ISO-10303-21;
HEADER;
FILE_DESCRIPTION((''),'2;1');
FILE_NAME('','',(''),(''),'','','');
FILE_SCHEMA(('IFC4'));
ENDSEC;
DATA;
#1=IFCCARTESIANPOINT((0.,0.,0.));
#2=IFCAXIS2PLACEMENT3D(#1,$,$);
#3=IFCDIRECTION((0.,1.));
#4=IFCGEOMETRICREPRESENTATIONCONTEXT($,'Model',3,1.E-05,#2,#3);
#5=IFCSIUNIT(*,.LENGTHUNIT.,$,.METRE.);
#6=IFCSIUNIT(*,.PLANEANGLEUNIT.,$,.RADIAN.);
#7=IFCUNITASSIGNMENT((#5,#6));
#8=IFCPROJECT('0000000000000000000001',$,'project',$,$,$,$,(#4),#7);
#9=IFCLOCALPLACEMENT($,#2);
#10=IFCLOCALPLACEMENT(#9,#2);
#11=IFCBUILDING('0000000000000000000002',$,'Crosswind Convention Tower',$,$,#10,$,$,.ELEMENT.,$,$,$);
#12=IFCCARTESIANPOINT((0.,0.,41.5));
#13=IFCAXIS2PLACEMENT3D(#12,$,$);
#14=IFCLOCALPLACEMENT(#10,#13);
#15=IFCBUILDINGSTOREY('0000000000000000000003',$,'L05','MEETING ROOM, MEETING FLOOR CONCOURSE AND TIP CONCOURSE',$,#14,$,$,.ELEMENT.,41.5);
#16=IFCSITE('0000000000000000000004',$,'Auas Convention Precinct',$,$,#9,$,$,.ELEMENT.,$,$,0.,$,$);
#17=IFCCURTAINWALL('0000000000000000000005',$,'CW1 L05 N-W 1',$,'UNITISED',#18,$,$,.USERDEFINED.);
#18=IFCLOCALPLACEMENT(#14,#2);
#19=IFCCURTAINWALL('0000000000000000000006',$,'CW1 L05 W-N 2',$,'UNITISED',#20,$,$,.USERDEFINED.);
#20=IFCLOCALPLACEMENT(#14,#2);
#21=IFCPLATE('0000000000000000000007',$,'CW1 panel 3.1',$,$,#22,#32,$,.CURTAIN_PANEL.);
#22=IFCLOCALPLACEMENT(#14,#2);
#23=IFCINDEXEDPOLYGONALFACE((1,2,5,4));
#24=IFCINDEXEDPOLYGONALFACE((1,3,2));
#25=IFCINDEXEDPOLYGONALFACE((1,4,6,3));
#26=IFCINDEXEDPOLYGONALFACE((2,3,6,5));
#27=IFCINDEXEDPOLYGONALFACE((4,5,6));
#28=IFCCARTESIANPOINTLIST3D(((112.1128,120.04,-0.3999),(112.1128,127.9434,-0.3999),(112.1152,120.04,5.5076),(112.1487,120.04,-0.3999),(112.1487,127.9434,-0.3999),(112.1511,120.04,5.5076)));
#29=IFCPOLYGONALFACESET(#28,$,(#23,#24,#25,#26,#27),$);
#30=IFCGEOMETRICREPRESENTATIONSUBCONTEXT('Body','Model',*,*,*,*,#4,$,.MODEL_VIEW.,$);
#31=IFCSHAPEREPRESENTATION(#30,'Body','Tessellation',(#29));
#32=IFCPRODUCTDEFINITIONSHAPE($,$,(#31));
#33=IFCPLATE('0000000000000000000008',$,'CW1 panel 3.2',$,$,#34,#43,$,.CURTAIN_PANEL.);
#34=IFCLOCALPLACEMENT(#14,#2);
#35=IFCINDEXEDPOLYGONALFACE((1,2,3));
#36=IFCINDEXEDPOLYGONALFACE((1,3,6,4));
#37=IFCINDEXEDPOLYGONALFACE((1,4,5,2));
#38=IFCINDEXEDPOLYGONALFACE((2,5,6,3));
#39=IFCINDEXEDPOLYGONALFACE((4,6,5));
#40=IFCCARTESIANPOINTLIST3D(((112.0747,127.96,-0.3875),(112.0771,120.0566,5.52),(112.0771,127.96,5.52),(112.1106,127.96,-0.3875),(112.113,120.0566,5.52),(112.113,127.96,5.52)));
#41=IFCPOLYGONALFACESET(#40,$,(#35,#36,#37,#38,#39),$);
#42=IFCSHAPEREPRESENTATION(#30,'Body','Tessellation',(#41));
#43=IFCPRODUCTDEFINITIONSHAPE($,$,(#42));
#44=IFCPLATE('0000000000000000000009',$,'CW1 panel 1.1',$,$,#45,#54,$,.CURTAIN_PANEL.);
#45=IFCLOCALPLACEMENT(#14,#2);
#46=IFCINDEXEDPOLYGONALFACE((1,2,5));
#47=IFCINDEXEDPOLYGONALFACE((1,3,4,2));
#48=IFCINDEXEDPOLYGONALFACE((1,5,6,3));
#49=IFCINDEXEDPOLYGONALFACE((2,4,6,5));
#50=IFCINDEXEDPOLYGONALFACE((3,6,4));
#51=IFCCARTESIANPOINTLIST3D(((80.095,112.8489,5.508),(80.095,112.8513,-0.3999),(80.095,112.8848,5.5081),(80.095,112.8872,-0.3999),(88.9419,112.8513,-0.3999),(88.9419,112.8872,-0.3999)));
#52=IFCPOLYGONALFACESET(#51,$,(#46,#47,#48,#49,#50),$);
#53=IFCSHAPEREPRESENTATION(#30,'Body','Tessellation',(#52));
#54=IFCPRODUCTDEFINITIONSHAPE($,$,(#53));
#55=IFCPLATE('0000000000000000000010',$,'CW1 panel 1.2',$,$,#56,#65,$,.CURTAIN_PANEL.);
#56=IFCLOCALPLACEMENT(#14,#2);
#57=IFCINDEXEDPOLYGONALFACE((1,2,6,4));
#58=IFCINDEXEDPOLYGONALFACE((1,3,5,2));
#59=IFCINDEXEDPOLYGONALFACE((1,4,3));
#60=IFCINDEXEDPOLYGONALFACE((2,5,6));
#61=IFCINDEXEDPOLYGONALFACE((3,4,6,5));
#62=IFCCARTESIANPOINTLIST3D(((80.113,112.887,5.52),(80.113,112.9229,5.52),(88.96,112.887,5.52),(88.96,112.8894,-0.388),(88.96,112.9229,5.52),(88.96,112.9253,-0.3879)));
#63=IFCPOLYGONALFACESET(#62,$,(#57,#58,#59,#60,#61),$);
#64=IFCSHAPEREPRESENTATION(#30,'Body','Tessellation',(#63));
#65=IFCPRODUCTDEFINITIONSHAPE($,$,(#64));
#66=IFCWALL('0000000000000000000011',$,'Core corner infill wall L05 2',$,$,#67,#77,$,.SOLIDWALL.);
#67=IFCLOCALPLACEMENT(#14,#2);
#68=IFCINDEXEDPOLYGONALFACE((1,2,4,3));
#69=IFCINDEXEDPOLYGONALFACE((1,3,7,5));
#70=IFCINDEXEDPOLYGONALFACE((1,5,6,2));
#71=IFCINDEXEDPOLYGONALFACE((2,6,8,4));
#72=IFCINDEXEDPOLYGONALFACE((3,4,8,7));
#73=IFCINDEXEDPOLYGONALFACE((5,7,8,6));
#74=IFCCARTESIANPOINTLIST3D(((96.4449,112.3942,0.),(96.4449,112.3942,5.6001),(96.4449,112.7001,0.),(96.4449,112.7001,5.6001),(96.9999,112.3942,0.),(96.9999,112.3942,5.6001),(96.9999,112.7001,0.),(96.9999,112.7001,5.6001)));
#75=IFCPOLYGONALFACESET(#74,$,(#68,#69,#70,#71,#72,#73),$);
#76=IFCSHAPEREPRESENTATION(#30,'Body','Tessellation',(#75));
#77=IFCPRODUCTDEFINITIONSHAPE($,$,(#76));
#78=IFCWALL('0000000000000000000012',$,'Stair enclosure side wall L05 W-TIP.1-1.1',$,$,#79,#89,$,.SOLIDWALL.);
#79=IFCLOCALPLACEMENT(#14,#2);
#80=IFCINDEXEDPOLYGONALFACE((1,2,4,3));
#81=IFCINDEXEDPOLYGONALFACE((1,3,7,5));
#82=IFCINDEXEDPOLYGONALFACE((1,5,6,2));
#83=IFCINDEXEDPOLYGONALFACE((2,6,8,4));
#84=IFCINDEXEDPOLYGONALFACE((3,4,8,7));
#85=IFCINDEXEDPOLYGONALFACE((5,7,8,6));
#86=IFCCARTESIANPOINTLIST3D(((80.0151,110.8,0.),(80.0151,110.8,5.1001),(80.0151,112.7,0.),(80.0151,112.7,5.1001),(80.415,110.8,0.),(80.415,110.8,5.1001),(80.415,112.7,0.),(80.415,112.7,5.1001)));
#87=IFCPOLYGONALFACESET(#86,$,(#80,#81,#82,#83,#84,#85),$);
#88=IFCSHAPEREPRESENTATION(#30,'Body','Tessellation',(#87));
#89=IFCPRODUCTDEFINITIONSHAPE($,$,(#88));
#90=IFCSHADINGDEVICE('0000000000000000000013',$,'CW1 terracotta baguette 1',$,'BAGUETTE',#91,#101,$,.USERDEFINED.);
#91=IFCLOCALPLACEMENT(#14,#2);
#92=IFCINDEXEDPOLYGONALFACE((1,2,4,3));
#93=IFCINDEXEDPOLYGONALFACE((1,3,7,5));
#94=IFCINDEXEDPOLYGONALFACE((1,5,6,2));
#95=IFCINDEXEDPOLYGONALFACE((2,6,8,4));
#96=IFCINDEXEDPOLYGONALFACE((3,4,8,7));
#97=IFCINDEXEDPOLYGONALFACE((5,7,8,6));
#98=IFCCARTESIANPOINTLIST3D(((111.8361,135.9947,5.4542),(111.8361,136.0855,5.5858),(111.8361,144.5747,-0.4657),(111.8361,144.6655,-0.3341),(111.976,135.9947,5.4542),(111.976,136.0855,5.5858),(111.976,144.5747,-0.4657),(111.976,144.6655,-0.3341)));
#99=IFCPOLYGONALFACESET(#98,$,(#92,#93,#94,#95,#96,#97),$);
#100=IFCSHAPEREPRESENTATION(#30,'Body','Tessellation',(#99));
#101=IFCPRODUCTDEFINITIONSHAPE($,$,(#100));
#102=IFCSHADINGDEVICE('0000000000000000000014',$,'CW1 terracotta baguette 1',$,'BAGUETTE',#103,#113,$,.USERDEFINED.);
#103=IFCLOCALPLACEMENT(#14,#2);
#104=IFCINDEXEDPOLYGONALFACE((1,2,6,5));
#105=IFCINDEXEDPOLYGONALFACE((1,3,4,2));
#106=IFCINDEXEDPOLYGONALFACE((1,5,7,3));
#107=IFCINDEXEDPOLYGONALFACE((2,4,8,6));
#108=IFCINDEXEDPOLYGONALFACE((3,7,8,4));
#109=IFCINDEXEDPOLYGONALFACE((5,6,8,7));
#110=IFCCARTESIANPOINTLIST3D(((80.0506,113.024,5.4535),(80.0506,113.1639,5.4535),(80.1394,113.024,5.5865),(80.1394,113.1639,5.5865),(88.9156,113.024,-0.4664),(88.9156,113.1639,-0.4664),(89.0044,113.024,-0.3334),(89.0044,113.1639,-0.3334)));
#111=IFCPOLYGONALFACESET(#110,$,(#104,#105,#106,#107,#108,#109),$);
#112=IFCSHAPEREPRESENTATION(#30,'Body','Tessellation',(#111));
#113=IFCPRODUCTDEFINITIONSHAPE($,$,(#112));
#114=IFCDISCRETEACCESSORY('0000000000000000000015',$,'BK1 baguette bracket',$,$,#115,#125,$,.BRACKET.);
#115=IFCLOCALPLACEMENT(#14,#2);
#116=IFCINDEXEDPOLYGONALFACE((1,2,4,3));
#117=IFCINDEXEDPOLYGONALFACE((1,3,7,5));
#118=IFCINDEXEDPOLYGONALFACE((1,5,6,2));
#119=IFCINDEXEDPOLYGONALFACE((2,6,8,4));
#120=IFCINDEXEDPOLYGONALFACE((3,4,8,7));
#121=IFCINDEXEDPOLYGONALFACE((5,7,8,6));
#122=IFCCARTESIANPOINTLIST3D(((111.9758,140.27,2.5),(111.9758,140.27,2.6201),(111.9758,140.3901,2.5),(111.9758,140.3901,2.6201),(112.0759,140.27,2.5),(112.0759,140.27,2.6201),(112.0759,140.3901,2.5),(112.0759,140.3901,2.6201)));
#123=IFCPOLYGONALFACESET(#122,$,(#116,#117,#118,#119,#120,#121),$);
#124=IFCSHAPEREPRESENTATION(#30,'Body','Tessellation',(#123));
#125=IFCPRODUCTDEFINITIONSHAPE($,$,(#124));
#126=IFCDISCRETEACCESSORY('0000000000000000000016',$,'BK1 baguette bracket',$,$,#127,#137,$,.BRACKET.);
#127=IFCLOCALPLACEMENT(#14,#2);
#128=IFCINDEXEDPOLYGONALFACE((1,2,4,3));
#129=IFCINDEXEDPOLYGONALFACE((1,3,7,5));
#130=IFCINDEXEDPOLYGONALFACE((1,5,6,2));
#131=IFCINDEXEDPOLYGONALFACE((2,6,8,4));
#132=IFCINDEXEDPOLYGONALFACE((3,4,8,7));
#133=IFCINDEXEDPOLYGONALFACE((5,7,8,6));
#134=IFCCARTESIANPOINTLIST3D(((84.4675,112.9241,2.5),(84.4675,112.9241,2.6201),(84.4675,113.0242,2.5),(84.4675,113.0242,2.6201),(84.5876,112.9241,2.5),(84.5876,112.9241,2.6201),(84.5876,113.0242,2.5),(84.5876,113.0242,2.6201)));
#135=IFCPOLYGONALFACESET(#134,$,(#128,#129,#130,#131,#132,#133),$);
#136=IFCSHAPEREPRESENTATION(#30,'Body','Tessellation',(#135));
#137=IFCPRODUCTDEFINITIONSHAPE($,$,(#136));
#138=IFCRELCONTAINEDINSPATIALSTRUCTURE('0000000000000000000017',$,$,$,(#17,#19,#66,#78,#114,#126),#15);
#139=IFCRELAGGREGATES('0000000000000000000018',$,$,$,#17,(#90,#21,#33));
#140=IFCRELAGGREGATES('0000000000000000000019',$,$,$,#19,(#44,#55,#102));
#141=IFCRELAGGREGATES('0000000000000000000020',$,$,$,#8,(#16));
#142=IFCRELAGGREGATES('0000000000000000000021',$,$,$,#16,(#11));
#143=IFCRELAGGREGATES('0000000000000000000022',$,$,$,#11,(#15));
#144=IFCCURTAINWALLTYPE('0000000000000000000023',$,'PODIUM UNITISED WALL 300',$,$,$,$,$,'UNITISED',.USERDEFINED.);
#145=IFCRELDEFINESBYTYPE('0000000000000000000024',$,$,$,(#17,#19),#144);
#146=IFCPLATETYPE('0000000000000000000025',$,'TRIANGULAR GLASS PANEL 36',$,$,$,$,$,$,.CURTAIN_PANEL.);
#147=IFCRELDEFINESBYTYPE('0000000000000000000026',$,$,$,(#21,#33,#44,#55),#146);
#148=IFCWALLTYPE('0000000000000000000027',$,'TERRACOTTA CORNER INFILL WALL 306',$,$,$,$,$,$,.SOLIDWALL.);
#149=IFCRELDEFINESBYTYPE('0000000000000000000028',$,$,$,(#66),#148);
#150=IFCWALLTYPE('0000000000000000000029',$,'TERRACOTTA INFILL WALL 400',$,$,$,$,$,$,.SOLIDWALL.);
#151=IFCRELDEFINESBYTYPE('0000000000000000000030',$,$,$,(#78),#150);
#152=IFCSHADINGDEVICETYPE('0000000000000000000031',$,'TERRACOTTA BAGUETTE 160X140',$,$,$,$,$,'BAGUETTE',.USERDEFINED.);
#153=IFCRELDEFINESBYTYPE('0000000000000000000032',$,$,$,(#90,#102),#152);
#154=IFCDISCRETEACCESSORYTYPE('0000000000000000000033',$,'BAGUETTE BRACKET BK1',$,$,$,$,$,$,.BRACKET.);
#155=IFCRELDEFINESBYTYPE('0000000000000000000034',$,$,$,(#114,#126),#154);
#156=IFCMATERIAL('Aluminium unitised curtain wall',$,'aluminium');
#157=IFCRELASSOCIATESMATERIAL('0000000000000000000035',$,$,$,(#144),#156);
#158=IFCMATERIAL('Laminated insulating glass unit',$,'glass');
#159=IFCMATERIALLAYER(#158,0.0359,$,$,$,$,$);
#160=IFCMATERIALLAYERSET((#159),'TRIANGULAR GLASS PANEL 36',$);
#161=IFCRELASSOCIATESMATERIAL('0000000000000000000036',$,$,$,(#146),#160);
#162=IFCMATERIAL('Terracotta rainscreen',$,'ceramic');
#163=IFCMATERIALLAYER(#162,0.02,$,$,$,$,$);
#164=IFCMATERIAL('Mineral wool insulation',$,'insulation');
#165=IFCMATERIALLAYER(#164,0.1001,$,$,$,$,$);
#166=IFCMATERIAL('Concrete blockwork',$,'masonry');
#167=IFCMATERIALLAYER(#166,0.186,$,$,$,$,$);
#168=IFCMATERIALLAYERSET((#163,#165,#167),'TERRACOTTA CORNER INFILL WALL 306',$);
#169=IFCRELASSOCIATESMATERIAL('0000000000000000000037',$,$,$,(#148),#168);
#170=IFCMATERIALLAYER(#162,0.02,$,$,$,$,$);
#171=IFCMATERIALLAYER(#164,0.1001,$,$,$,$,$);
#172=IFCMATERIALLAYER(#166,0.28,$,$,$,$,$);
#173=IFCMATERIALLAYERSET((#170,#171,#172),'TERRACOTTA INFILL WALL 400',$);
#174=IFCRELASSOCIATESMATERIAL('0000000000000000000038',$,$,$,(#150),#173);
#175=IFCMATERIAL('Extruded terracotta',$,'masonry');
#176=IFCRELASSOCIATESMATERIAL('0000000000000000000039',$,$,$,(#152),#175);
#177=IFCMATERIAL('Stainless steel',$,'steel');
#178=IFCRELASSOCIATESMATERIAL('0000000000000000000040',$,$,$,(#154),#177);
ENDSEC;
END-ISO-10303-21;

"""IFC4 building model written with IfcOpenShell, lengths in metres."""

from ifc_helpers import new_model, si_unit, direction, frame, frame_2d, origin, origin_2d, place, context, subcontext, project, spatial, polyline, rectangle, outline, extrude, material, layer, layer_set, material_profile, profile_set, type_object, element, aggregate, save


model = new_model("IFC4")

# Units and contexts
model_context = context("Model", 3, precision=1e-05, world=origin(), true_north=direction((0.0, 1.0)))
body_context = subcontext(model_context, "Body", "Model", "MODEL_VIEW")
ifc_project = project(units=[si_unit("LENGTHUNIT", "METRE"), si_unit("PLANEANGLEUNIT", "RADIAN")], contexts=[model_context])

# Site, building, storey
site_placement = place(None, origin())
site = spatial("IfcSite", under=ifc_project, at=site_placement, Name="Auas Convention Precinct", CompositionType="ELEMENT", RefElevation=0.0)
building_placement = place(site_placement, origin())
building = spatial("IfcBuilding", under=site, at=building_placement, Name="Crosswind Convention Tower", CompositionType="ELEMENT")
storey_placement = place(building_placement, frame((0.0, 0.0, 41.5)))
storey = spatial("IfcBuildingStorey", under=building, at=storey_placement, Name="L05", Description="MEETING ROOM, MEETING FLOOR CONCOURSE AND TIP CONCOURSE", CompositionType="ELEMENT", Elevation=41.5)

# Curtain walls
ifc_material_1 = material(Name="Aluminium unitised curtain wall", Category="aluminium")
curtain_wall_type_1 = type_object("IfcCurtainWallType", Name="PODIUM UNITISED WALL 300", ElementType="UNITISED", PredefinedType="USERDEFINED", material=ifc_material_1)
curtain_wall_1_placement = place(storey_placement, origin())
curtain_wall_1 = element("IfcCurtainWall", 1, at=curtain_wall_1_placement, inside=storey, type_object=curtain_wall_type_1, Name="CW1 L05 N-W 1", ObjectType="UNITISED", PredefinedType="USERDEFINED")
curtain_wall_2_placement = place(storey_placement, origin())
curtain_wall_2 = element("IfcCurtainWall", 2, at=curtain_wall_2_placement, inside=storey, type_object=curtain_wall_type_1, Name="CW1 L05 W-N 2", ObjectType="UNITISED", PredefinedType="USERDEFINED")

# Plates
ifc_material_2 = material(Name="Laminated insulating glass unit", Category="glass")
ifc_layer_1 = layer(ifc_material_2, 0.0359)
ifc_layer_set_1 = layer_set([ifc_layer_1], Name="TRIANGULAR GLASS PANEL 36")
plate_type_1 = type_object("IfcPlateType", Name="TRIANGULAR GLASS PANEL 36", PredefinedType="CURTAIN_PANEL", material=ifc_layer_set_1)
plate_1_placement = place(storey_placement, frame((112.1128, 120.04, -0.3999), z_axis=(-1.0, 0.0, 0.000413), x_axis=(0.000413, 0.0, 1.0)))
plate_1 = element("IfcPlate", 3, at=plate_1_placement, type_object=plate_type_1, Name="CW1 panel 3.1", PredefinedType="CURTAIN_PANEL", context=body_context, shape_type="SweptSolid", body=[
    extrude(outline(polyline([(0.0, 0.0), (5.9075, 0.0), (0.0, 7.9033), (0.0, 0.0)])), origin(), (0.0, 0.0, -1.0), 0.0359),
])
plate_2_placement = place(storey_placement, frame((112.0771, 127.96, 5.52), z_axis=(-1.0, 0.0, 0.000413), x_axis=(-0.000413, 0.0, -1.0)))
plate_2 = element("IfcPlate", 4, at=plate_2_placement, type_object=plate_type_1, Name="CW1 panel 3.2", PredefinedType="CURTAIN_PANEL", context=body_context, shape_type="SweptSolid", body=[
    extrude(outline(polyline([(0.0, 0.0), (5.9075, 0.0), (0.0, 7.9033), (0.0, 0.0)])), origin(), (0.0, 0.0, -1.0), 0.0359),
])
plate_3_placement = place(storey_placement, frame((80.095, 112.8872, -0.3999), z_axis=(0.0, 1.0, 0.000413), x_axis=(0.0, -0.000413, 1.0)))
plate_3 = element("IfcPlate", 5, at=plate_3_placement, type_object=plate_type_1, Name="CW1 panel 1.1", PredefinedType="CURTAIN_PANEL", context=body_context, shape_type="SweptSolid", body=[
    extrude(outline(polyline([(0.0, 0.0), (5.908, 0.0), (0.0, 8.8469), (0.0, 0.0)])), origin(), (0.0, 0.0, -1.0), 0.0359),
])
plate_4_placement = place(storey_placement, frame((88.96, 112.9229, 5.52), z_axis=(0.0, 1.0, 0.000413), x_axis=(0.0, 0.000413, -1.0)))
plate_4 = element("IfcPlate", 6, at=plate_4_placement, type_object=plate_type_1, Name="CW1 panel 1.2", PredefinedType="CURTAIN_PANEL", context=body_context, shape_type="SweptSolid", body=[
    extrude(outline(polyline([(0.0, 0.0), (5.908, 0.0), (0.0, 8.8469), (0.0, 0.0)])), origin(), (0.0, 0.0, -1.0), 0.0359),
])

# Walls
ifc_material_3 = material(Name="Terracotta rainscreen", Category="ceramic")
ifc_layer_2 = layer(ifc_material_3, 0.02)
ifc_material_4 = material(Name="Mineral wool insulation", Category="insulation")
ifc_layer_3 = layer(ifc_material_4, 0.1001)
ifc_material_5 = material(Name="Concrete blockwork", Category="masonry")
ifc_layer_4 = layer(ifc_material_5, 0.186)
ifc_layer_set_2 = layer_set([ifc_layer_2, ifc_layer_3, ifc_layer_4], Name="TERRACOTTA CORNER INFILL WALL 306")
wall_type_1 = type_object("IfcWallType", Name="TERRACOTTA CORNER INFILL WALL 306", PredefinedType="SOLIDWALL", material=ifc_layer_set_2)
wall_1_placement = place(storey_placement, frame((96.4451, 112.5471, 0.0), z_axis=(0.0, 0.0, 1.0), x_axis=(1.0, 0.0, 0.0)))
element("IfcWall", 7, at=wall_1_placement, inside=storey, type_object=wall_type_1, Name="Core corner infill wall L05 2", PredefinedType="SOLIDWALL", context=body_context, shape_type="SweptSolid", body=[
    extrude(rectangle(XDim=0.5549, YDim=0.3059, at=frame_2d((0.2773, 0.0))), origin(), (0.0, 0.0, 1.0), 5.6001),
])
ifc_layer_5 = layer(ifc_material_3, 0.02)
ifc_layer_6 = layer(ifc_material_4, 0.1001)
ifc_layer_7 = layer(ifc_material_5, 0.28)
ifc_layer_set_3 = layer_set([ifc_layer_5, ifc_layer_6, ifc_layer_7], Name="TERRACOTTA INFILL WALL 400")
wall_type_2 = type_object("IfcWallType", Name="TERRACOTTA INFILL WALL 400", PredefinedType="SOLIDWALL", material=ifc_layer_set_3)
wall_2_placement = place(storey_placement, frame((80.2151, 112.7, 0.0), z_axis=(0.0, 0.0, 1.0), x_axis=(0.0, -1.0, 0.0)))
element("IfcWall", 8, at=wall_2_placement, inside=storey, type_object=wall_type_2, Name="Stair enclosure side wall L05 W-TIP.1-1.1", PredefinedType="SOLIDWALL", context=body_context, shape_type="SweptSolid", body=[
    extrude(rectangle(XDim=1.8999, YDim=0.3999, at=frame_2d((0.95, 0.0))), origin(), (0.0, 0.0, 1.0), 5.1001),
])

# Shading devices
ifc_material_6 = material(Name="Extruded terracotta", Category="masonry")
ifc_material_profile_1 = material_profile(ifc_material_6, rectangle(XDim=0.1399, YDim=0.1599, at=origin_2d()), Name="TC 140X160")
ifc_profile_set_1 = profile_set([ifc_material_profile_1], Name="Extruded terracotta")
shading_device_type = type_object("IfcShadingDeviceType", Name="TERRACOTTA BAGUETTE 160X140", ElementType="BAGUETTE", PredefinedType="USERDEFINED", material=ifc_profile_set_1)
shading_device_1_placement = place(storey_placement, frame((111.906, 144.6201, -0.3999), z_axis=(0.0, -0.823095, 0.567904), x_axis=(1.0, 0.0, 0.0)))
shading_device_1 = element("IfcShadingDevice", 9, at=shading_device_1_placement, type_object=shading_device_type, Name="CW1 terracotta baguette 1", ObjectType="BAGUETTE", PredefinedType="USERDEFINED", context=body_context, shape_type="SweptSolid", body=[
    extrude(rectangle(XDim=0.1399, YDim=0.1599, at=origin_2d()), origin(), (0.0, 0.0, 1.0), 10.4241),
])
aggregate(curtain_wall_1, [shading_device_1, plate_1, plate_2])
shading_device_2_placement = place(storey_placement, frame((88.96, 113.094, -0.3999), z_axis=(-0.83162, 0.0, 0.555345), x_axis=(0.0, -1.0, 0.0)))
shading_device_2 = element("IfcShadingDevice", 10, at=shading_device_2_placement, type_object=shading_device_type, Name="CW1 terracotta baguette 1", ObjectType="BAGUETTE", PredefinedType="USERDEFINED", context=body_context, shape_type="SweptSolid", body=[
    extrude(rectangle(XDim=0.1399, YDim=0.1599, at=origin_2d()), origin(), (0.0, 0.0, 1.0), 10.6599),
])
aggregate(curtain_wall_2, [plate_3, plate_4, shading_device_2])

# Discrete accessories
ifc_material_7 = material(Name="Stainless steel", Category="steel")
discrete_accessory_type = type_object("IfcDiscreteAccessoryType", Name="BAGUETTE BRACKET BK1", PredefinedType="BRACKET", material=ifc_material_7)
for number, where, z_axis, x_axis, name in (
    (11, (112.0259, 140.3301, 2.5), (0.0, 0.0, 1.0), (0.0, -1.0, 0.0), "BK1 baguette bracket"),
    (12, (84.5276, 112.9741, 2.5), (0.0, 0.0, 1.0), (-1.0, 0.0, 0.0), "BK1 baguette bracket"),
):
    element("IfcDiscreteAccessory", number, at=place(storey_placement, frame(where, z_axis=z_axis, x_axis=x_axis)), inside=storey, type_object=discrete_accessory_type, Name=name, PredefinedType="BRACKET", context=body_context, shape_type="SweptSolid", body=[
        extrude(rectangle(XDim=0.1201, YDim=0.1001, at=origin_2d()), origin(), (0.0, 0.0, 1.0), 0.1201),
    ])

save(model, "model.ifc")
